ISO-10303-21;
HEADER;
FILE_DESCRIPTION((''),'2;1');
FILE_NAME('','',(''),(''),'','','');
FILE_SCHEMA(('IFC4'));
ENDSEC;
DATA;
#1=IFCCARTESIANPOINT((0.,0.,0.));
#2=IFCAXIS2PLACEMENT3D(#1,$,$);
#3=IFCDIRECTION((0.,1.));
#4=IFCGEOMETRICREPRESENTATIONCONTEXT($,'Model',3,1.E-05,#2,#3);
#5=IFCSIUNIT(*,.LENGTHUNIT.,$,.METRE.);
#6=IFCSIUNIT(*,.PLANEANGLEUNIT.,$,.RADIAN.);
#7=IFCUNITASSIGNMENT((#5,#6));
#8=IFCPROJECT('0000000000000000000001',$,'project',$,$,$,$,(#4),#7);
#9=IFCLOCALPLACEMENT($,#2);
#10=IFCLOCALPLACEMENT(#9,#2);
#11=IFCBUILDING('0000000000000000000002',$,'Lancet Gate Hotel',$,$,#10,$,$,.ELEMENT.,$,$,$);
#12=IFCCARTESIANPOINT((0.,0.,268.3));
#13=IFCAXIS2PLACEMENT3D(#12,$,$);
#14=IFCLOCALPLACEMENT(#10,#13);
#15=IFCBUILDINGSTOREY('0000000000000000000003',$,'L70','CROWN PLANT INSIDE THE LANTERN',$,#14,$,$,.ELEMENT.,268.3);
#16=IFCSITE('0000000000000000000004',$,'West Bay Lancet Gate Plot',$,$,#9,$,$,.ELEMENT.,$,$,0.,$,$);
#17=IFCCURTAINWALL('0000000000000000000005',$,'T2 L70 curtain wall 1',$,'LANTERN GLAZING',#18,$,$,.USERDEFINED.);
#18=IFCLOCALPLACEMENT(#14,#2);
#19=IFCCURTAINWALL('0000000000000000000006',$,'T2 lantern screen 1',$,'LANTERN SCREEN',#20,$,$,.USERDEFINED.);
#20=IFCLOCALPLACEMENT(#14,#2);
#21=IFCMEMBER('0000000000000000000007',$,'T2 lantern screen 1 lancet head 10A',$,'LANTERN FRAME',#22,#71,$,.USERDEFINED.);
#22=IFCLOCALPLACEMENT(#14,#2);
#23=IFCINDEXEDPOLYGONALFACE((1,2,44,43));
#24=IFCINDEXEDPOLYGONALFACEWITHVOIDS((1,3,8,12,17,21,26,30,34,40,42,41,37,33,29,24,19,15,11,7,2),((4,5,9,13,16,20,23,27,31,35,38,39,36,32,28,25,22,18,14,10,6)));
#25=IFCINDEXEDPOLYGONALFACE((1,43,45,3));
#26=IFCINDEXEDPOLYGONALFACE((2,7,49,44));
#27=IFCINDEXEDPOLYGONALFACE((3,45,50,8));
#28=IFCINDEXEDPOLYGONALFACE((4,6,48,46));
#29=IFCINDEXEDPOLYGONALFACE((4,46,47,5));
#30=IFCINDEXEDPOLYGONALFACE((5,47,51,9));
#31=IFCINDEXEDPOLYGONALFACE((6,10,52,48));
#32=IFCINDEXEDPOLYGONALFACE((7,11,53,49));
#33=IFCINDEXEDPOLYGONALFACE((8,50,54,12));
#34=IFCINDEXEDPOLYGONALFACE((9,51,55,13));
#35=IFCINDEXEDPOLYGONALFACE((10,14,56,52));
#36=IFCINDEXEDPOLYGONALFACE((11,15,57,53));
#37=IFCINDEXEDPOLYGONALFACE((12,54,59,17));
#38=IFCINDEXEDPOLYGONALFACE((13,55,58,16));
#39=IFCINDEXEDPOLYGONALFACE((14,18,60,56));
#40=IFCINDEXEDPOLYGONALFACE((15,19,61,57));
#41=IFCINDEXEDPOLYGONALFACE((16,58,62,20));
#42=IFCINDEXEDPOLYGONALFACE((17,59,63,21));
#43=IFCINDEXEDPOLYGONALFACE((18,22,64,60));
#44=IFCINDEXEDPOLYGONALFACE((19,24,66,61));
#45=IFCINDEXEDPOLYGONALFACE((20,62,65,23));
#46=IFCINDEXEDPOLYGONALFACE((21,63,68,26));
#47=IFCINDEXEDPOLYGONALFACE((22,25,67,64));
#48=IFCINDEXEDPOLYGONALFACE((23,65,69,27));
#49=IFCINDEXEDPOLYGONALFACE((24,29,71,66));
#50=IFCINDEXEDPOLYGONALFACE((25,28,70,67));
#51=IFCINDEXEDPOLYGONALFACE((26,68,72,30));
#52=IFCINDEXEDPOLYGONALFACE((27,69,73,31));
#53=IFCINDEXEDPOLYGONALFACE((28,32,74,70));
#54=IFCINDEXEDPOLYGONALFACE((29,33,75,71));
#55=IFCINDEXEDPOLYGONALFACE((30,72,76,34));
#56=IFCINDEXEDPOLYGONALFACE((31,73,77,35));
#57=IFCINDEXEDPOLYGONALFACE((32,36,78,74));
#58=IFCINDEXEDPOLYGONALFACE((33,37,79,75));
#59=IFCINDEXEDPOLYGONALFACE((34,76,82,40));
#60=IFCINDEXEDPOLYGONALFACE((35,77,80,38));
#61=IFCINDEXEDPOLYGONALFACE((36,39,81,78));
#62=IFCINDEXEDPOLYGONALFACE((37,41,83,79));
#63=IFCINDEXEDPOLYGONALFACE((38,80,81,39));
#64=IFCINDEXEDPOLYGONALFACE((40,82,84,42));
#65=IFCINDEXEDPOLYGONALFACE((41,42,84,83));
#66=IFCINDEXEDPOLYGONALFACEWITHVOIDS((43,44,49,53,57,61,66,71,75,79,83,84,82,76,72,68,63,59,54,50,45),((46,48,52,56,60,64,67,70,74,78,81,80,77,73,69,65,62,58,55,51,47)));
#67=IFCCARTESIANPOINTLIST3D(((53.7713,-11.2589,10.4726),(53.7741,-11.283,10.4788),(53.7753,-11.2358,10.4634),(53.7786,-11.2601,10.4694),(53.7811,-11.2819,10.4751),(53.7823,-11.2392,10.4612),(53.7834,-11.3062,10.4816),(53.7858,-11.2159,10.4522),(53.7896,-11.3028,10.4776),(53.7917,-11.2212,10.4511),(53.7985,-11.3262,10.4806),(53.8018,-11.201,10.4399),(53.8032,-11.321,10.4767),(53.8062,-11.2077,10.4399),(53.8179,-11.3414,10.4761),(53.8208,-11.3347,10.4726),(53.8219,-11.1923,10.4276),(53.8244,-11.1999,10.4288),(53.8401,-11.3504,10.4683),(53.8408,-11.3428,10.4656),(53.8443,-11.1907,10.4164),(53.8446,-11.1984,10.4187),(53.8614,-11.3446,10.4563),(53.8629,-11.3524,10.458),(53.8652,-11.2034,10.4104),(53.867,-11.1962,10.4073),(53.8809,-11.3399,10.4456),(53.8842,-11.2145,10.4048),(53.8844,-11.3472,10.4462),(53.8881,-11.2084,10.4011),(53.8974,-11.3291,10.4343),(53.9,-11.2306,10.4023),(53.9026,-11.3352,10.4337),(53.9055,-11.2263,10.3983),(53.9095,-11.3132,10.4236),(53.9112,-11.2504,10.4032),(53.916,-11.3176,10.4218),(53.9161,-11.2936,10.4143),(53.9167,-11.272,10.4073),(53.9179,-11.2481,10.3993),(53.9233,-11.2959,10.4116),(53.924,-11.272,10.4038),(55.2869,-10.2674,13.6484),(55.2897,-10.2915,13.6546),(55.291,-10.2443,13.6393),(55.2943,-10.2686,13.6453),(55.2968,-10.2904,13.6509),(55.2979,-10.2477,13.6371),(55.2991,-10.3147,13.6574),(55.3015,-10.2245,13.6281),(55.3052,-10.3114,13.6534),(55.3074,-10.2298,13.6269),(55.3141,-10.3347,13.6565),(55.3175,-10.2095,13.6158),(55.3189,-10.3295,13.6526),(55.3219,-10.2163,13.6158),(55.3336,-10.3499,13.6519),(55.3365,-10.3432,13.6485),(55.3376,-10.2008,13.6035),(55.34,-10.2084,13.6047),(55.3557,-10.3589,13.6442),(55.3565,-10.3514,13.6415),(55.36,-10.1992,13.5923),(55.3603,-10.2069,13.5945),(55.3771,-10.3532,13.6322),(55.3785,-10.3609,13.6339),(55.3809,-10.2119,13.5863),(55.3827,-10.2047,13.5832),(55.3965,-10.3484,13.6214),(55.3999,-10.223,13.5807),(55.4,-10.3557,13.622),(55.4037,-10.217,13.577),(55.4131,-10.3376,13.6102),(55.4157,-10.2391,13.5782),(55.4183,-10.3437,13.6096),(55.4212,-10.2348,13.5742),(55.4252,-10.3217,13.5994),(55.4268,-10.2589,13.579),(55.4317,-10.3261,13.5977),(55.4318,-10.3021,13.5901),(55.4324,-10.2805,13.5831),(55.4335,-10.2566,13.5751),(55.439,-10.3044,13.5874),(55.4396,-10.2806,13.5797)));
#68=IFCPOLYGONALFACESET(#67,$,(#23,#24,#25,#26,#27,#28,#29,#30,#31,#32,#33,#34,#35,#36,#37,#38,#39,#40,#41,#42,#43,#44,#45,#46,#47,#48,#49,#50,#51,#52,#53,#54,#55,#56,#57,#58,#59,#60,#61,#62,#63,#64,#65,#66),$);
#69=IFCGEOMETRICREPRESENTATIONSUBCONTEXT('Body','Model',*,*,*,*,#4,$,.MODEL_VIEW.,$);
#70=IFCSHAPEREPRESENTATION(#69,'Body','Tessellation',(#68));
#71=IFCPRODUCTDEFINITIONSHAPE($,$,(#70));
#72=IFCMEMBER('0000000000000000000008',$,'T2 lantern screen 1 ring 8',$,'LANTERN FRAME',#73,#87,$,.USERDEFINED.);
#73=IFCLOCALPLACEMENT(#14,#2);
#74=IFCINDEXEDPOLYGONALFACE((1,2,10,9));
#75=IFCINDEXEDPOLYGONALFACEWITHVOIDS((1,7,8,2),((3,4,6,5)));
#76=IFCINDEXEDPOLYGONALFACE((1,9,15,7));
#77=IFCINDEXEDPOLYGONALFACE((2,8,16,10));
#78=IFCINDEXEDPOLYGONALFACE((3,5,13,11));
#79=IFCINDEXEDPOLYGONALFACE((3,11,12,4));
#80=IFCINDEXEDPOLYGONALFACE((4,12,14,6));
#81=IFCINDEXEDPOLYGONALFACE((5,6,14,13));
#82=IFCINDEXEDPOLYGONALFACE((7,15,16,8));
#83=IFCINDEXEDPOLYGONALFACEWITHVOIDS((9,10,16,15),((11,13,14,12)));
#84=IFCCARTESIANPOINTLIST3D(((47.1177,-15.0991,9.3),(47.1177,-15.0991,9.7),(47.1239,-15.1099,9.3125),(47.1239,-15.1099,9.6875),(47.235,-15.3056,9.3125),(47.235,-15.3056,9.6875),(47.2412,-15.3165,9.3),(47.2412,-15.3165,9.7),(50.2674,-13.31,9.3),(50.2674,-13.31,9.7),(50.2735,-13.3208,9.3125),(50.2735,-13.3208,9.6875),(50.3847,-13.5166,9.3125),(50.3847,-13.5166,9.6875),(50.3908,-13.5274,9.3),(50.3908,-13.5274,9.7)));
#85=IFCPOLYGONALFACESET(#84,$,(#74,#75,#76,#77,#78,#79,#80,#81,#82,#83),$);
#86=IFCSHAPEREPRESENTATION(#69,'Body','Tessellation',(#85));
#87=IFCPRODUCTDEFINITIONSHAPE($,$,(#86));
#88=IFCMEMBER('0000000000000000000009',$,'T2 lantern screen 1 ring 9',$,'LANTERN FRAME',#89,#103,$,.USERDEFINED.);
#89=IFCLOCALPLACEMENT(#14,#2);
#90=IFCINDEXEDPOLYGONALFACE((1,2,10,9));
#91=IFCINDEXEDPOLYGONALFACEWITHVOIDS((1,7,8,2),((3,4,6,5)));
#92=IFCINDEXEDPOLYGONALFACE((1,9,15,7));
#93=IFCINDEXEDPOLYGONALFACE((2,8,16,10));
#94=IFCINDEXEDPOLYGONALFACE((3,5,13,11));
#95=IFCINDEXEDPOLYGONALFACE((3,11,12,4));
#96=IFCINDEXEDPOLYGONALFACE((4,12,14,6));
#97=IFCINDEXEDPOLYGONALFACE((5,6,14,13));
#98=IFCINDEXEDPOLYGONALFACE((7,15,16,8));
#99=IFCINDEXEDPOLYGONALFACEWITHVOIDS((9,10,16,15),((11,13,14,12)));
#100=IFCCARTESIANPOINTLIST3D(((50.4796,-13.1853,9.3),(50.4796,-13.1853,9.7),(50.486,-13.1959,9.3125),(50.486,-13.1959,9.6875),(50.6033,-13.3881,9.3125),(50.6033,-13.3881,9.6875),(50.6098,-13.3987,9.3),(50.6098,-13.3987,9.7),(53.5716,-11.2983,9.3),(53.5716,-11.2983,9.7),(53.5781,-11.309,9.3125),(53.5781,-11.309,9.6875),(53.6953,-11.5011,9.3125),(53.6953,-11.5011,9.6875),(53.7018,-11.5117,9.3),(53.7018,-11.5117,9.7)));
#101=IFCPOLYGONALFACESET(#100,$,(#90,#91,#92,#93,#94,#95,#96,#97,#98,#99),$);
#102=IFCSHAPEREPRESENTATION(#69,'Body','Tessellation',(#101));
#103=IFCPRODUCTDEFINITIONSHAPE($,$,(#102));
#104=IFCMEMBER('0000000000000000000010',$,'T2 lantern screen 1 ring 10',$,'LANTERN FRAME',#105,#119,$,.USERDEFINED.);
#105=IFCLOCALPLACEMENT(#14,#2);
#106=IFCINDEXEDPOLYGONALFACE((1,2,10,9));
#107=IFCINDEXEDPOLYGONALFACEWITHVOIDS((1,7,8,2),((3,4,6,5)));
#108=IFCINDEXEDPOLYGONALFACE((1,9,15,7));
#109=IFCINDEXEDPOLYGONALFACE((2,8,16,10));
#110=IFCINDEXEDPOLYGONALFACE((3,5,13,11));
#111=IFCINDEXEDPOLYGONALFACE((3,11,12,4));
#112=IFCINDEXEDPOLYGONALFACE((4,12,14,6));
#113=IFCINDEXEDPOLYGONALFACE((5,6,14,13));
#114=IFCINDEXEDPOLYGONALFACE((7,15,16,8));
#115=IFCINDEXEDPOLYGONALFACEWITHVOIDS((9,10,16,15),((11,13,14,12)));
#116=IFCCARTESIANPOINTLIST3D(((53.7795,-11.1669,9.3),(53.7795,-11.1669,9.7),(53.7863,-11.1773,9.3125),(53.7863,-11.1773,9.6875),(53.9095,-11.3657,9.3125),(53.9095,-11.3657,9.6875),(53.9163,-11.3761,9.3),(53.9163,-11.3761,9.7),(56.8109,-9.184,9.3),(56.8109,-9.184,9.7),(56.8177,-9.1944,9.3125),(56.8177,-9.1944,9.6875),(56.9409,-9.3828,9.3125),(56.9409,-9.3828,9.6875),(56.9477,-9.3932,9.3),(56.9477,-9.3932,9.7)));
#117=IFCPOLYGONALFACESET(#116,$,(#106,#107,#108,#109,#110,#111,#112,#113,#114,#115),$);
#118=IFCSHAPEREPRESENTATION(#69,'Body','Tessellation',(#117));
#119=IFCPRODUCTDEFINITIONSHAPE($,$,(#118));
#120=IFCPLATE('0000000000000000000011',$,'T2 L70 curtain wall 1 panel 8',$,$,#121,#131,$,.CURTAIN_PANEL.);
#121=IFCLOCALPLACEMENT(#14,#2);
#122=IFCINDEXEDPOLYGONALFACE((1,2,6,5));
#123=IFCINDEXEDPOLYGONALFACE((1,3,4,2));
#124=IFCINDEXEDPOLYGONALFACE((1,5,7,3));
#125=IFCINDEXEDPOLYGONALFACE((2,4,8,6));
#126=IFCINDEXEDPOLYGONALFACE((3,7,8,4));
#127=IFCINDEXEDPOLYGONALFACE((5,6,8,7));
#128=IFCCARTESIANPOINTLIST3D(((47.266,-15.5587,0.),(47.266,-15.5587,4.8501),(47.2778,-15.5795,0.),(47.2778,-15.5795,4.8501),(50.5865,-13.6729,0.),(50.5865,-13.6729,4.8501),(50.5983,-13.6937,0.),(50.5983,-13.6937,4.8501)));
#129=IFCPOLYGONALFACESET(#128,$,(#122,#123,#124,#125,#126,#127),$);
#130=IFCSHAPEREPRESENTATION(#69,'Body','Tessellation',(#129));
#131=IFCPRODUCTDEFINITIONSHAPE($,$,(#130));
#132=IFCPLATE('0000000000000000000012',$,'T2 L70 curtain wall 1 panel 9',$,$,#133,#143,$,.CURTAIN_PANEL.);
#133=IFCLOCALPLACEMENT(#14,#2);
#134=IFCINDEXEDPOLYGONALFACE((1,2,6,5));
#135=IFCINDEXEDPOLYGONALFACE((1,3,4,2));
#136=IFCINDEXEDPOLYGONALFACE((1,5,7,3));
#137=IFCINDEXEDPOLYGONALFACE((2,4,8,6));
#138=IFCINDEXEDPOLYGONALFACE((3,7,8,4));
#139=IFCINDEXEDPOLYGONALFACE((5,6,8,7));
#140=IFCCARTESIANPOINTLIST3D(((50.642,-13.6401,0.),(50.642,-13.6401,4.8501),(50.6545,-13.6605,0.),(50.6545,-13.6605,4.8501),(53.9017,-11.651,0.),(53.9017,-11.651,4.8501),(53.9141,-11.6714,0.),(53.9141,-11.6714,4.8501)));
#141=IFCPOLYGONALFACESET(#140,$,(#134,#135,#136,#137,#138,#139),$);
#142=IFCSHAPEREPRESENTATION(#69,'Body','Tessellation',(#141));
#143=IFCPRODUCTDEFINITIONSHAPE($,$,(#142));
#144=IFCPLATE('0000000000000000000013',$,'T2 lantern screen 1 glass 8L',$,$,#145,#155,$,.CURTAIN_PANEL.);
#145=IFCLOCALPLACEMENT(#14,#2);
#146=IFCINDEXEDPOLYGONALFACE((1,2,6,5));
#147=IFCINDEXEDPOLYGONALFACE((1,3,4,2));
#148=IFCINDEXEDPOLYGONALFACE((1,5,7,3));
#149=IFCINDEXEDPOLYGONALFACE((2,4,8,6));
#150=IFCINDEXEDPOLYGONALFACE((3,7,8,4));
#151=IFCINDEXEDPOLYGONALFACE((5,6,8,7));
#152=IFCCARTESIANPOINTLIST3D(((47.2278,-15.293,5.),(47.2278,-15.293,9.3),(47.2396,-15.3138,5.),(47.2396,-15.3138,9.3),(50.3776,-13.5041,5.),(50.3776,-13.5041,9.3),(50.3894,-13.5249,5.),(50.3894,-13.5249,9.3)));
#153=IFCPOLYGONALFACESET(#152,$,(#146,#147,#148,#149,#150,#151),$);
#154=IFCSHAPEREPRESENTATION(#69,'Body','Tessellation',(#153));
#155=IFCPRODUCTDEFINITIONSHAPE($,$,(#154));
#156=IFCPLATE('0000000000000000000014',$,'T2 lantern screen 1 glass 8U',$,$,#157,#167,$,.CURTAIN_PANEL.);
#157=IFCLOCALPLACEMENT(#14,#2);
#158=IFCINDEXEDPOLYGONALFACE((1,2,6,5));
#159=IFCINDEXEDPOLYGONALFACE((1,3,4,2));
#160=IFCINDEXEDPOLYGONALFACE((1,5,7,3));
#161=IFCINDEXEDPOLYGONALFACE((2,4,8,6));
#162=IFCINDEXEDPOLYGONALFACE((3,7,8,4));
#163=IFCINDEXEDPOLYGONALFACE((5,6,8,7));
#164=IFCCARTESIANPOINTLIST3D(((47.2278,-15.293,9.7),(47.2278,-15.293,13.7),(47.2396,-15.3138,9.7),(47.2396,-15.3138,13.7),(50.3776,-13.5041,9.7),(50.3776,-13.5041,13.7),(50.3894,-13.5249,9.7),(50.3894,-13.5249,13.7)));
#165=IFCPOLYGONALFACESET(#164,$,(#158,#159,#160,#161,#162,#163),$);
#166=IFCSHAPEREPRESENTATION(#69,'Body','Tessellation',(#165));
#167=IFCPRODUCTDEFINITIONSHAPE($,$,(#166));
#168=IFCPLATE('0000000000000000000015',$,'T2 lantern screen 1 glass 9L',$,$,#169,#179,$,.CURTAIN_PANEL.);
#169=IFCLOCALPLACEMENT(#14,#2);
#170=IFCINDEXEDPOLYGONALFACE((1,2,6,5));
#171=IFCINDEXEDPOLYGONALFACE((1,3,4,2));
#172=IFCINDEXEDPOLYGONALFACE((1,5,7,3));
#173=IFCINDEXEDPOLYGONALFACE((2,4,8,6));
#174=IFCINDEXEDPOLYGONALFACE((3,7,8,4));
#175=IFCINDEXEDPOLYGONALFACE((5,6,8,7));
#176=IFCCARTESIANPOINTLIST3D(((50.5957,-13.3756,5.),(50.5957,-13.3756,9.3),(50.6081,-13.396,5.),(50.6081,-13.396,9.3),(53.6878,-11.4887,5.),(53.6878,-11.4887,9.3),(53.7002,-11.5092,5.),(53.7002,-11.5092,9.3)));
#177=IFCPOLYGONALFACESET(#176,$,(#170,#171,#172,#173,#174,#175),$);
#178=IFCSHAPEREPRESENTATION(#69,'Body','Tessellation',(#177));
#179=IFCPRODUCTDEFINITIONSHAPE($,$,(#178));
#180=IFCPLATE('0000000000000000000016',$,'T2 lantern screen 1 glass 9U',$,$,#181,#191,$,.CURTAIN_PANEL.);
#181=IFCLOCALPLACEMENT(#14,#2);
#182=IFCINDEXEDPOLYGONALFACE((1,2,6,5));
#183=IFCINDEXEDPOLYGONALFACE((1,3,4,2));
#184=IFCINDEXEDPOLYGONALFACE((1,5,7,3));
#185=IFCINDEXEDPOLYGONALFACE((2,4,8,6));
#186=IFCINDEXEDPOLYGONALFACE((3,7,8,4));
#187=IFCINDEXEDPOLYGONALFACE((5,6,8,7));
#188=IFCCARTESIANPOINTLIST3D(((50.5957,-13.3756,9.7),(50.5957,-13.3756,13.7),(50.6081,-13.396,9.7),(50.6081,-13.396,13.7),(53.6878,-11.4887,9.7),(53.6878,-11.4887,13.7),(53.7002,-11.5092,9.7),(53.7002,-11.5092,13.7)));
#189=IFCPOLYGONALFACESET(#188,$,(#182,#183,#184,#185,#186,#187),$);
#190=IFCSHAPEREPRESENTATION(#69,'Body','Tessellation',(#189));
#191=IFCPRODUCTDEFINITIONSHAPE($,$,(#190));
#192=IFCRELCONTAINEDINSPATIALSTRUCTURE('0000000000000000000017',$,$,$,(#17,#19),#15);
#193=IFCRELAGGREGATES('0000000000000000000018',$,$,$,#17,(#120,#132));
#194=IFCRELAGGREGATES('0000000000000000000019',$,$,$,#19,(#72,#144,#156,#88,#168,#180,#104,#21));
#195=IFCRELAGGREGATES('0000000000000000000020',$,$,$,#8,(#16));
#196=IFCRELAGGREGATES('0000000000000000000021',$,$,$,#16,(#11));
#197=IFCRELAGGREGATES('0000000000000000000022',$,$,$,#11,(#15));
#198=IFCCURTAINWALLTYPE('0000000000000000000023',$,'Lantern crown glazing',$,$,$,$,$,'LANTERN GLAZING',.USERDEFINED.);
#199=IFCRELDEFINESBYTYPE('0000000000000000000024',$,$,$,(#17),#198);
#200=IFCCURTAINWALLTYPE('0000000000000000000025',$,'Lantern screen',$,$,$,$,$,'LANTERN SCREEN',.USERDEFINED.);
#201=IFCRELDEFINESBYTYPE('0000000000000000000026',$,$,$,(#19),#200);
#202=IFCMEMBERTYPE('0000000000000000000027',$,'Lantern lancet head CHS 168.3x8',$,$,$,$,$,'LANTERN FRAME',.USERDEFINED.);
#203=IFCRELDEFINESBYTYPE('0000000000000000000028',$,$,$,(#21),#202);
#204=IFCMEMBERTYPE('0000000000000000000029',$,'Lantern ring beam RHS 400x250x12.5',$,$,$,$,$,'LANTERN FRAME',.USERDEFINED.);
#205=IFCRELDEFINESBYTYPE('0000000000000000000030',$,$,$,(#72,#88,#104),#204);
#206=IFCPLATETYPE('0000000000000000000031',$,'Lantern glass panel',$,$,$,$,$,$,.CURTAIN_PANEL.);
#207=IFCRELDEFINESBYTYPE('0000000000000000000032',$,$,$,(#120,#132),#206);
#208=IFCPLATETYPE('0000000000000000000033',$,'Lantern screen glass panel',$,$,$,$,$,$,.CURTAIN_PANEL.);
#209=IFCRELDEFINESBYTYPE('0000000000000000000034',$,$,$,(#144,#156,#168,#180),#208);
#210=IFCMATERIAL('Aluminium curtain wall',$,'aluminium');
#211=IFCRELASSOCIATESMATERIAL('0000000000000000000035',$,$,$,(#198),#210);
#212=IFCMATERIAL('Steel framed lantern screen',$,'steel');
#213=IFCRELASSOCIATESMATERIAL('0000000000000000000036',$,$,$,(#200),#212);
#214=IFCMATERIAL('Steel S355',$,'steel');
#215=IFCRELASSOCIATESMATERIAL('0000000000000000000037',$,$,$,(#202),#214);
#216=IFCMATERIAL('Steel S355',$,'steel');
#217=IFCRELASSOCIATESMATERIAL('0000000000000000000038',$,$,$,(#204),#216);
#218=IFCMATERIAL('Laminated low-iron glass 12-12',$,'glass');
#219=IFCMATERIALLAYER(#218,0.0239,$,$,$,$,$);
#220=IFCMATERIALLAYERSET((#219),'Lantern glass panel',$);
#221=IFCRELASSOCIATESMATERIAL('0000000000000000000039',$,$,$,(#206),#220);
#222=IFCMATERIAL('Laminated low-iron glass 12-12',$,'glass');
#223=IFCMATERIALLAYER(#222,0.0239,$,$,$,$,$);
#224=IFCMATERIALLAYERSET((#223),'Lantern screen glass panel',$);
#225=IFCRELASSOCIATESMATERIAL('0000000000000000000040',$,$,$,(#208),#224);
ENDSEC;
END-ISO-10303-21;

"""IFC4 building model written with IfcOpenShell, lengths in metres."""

from ifc_helpers import new_model, si_unit, direction, frame, origin, origin_2d, place, context, subcontext, project, spatial, rectangle, hollow_rectangle, hollow_circle, extrude, material, layer, layer_set, material_profile, profile_set, type_object, element, aggregate, save


model = new_model("IFC4")

# Units and contexts
model_context = context("Model", 3, precision=1e-05, world=origin(), true_north=direction((0.0, 1.0)))
body_context = subcontext(model_context, "Body", "Model", "MODEL_VIEW")
ifc_project = project(units=[si_unit("LENGTHUNIT", "METRE"), si_unit("PLANEANGLEUNIT", "RADIAN")], contexts=[model_context])

# Site, building, storey
site_placement = place(None, origin())
site = spatial("IfcSite", under=ifc_project, at=site_placement, Name="West Bay Lancet Gate Plot", CompositionType="ELEMENT", RefElevation=0.0)
building_placement = place(site_placement, origin())
building = spatial("IfcBuilding", under=site, at=building_placement, Name="Lancet Gate Hotel", CompositionType="ELEMENT")
storey_placement = place(building_placement, frame((0.0, 0.0, 268.3)))
storey = spatial("IfcBuildingStorey", under=building, at=storey_placement, Name="L70", Description="CROWN PLANT INSIDE THE LANTERN", CompositionType="ELEMENT", Elevation=268.3)

# Curtain wall
ifc_material_1 = material(Name="Aluminium curtain wall", Category="aluminium")
curtain_wall_type_1 = type_object("IfcCurtainWallType", Name="Lantern crown glazing", ElementType="LANTERN GLAZING", PredefinedType="USERDEFINED", material=ifc_material_1)
curtain_wall_1_placement = place(storey_placement, origin())
curtain_wall_1 = element("IfcCurtainWall", 1, at=curtain_wall_1_placement, inside=storey, type_object=curtain_wall_type_1, Name="T2 L70 curtain wall 1", ObjectType="LANTERN GLAZING", PredefinedType="USERDEFINED")

# Curtain wall, members
ifc_material_2 = material(Name="Steel framed lantern screen", Category="steel")
curtain_wall_type_2 = type_object("IfcCurtainWallType", Name="Lantern screen", ElementType="LANTERN SCREEN", PredefinedType="USERDEFINED", material=ifc_material_2)
curtain_wall_2_placement = place(storey_placement, origin())
curtain_wall_2 = element("IfcCurtainWall", 2, at=curtain_wall_2_placement, inside=storey, type_object=curtain_wall_type_2, Name="T2 lantern screen 1", ObjectType="LANTERN SCREEN", PredefinedType="USERDEFINED")
ifc_material_3 = material(Name="Steel S355", Category="steel")
ifc_material_profile_1 = material_profile(ifc_material_3, hollow_circle(Radius=0.0842, WallThickness=0.0081, at=origin_2d()), Name="CHS 168.3x8.0")
ifc_profile_set_1 = profile_set([ifc_material_profile_1], Name="Steel S355")
member_type_1 = type_object("IfcMemberType", Name="Lantern lancet head CHS 168.3x8", ElementType="LANTERN FRAME", PredefinedType="USERDEFINED", material=ifc_profile_set_1)
member_1_placement = place(storey_placement, frame((53.8479, -11.2715, 10.4399), z_axis=(0.414568, 0.271192, 0.86867), x_axis=(-0.547431, 0.836851, 0.0)))
member_1 = element("IfcMember", 3, at=member_1_placement, type_object=member_type_1, Name="T2 lantern screen 1 lancet head 10A", ObjectType="LANTERN FRAME", PredefinedType="USERDEFINED", context=body_context, shape_type="SweptSolid", body=[
    extrude(hollow_circle(Radius=0.0842, WallThickness=0.0081, at=origin_2d()), origin(), (0.0, 0.0, 1.0), 3.656),
])
ifc_material_4 = material(Name="Steel S355", Category="steel")
ifc_material_profile_2 = material_profile(ifc_material_4, hollow_rectangle(XDim=0.25, YDim=0.3999, WallThickness=0.0125, at=origin_2d()), Name="RHS 400x250x12.5")
ifc_profile_set_2 = profile_set([ifc_material_profile_2], Name="Steel S355")
member_type_2 = type_object("IfcMemberType", Name="Lantern ring beam RHS 400x250x12.5", ElementType="LANTERN FRAME", PredefinedType="USERDEFINED", material=ifc_profile_set_2)
member_2_placement = place(storey_placement, frame((47.1794, -15.2078, 9.5), z_axis=(0.869518, 0.493902, 0.0), x_axis=(-0.493902, 0.869518, 0.0)))
member_2 = element("IfcMember", 4, at=member_2_placement, type_object=member_type_2, Name="T2 lantern screen 1 ring 8", ObjectType="LANTERN FRAME", PredefinedType="USERDEFINED", context=body_context, shape_type="SweptSolid", body=[
    extrude(hollow_rectangle(XDim=0.25, YDim=0.3999, WallThickness=0.0125, at=origin_2d()), origin(), (0.0, 0.0, 1.0), 3.6223),
])
member_3_placement = place(storey_placement, frame((50.5447, -13.292, 9.5), z_axis=(0.853603, 0.520924, 0.0), x_axis=(-0.520924, 0.853603, 0.0)))
member_3 = element("IfcMember", 5, at=member_3_placement, type_object=member_type_2, Name="T2 lantern screen 1 ring 9", ObjectType="LANTERN FRAME", PredefinedType="USERDEFINED", context=body_context, shape_type="SweptSolid", body=[
    extrude(hollow_rectangle(XDim=0.25, YDim=0.3999, WallThickness=0.0125, at=origin_2d()), origin(), (0.0, 0.0, 1.0), 3.6223),
])
member_4_placement = place(storey_placement, frame((53.8479, -11.2715, 9.5), z_axis=(0.836871, 0.5474, 0.0), x_axis=(-0.5474, 0.836871, 0.0)))
member_4 = element("IfcMember", 6, at=member_4_placement, type_object=member_type_2, Name="T2 lantern screen 1 ring 10", ObjectType="LANTERN FRAME", PredefinedType="USERDEFINED", context=body_context, shape_type="SweptSolid", body=[
    extrude(hollow_rectangle(XDim=0.25, YDim=0.3999, WallThickness=0.0125, at=origin_2d()), origin(), (0.0, 0.0, 1.0), 3.6223),
])

# Plates
ifc_material_5 = material(Name="Laminated low-iron glass 12-12", Category="glass")
ifc_layer_1 = layer(ifc_material_5, 0.0239)
ifc_layer_set_1 = layer_set([ifc_layer_1], Name="Lantern glass panel")
plate_type_1 = type_object("IfcPlateType", Name="Lantern glass panel", PredefinedType="CURTAIN_PANEL", material=ifc_layer_set_1)
plate_1_placement = place(storey_placement, frame((48.9321, -14.6262, 0.0), z_axis=(0.0, 0.0, 1.0), x_axis=(0.86955, 0.493844, 0.0)))
plate_1 = element("IfcPlate", 7, at=plate_1_placement, type_object=plate_type_1, Name="T2 L70 curtain wall 1 panel 8", PredefinedType="CURTAIN_PANEL", context=body_context, shape_type="SweptSolid", body=[
    extrude(rectangle(XDim=3.8186, YDim=0.0239, at=origin_2d()), origin(), (0.0, 0.0, 1.0), 4.8501),
])
plate_2_placement = place(storey_placement, frame((52.2781, -12.6558, 0.0), z_axis=(0.0, 0.0, 1.0), x_axis=(0.853621, 0.520895, 0.0)))
plate_2 = element("IfcPlate", 8, at=plate_2_placement, type_object=plate_type_1, Name="T2 L70 curtain wall 1 panel 9", PredefinedType="CURTAIN_PANEL", context=body_context, shape_type="SweptSolid", body=[
    extrude(rectangle(XDim=3.8186, YDim=0.0239, at=origin_2d()), origin(), (0.0, 0.0, 1.0), 4.8501),
])
aggregate(curtain_wall_1, [plate_1, plate_2])
ifc_material_6 = material(Name="Laminated low-iron glass 12-12", Category="glass")
ifc_layer_2 = layer(ifc_material_6, 0.0239)
ifc_layer_set_2 = layer_set([ifc_layer_2], Name="Lantern screen glass panel")
plate_type_2 = type_object("IfcPlateType", Name="Lantern screen glass panel", PredefinedType="CURTAIN_PANEL", material=ifc_layer_set_2)
plate_3_placement = place(storey_placement, frame((48.8086, -14.4089, 5.0), z_axis=(0.0, 0.0, 1.0), x_axis=(0.86955, 0.493844, 0.0)))
plate_3 = element("IfcPlate", 9, at=plate_3_placement, type_object=plate_type_2, Name="T2 lantern screen 1 glass 8L", PredefinedType="CURTAIN_PANEL", context=body_context, shape_type="SweptSolid", body=[
    extrude(rectangle(XDim=3.6223, YDim=0.0239, at=origin_2d()), origin(), (0.0, 0.0, 1.0), 4.3),
])
plate_4_placement = place(storey_placement, frame((48.8086, -14.4089, 9.7), z_axis=(0.0, 0.0, 1.0), x_axis=(0.86955, 0.493844, 0.0)))
plate_4 = element("IfcPlate", 10, at=plate_4_placement, type_object=plate_type_2, Name="T2 lantern screen 1 glass 8U", PredefinedType="CURTAIN_PANEL", context=body_context, shape_type="SweptSolid", body=[
    extrude(rectangle(XDim=3.6223, YDim=0.0239, at=origin_2d()), origin(), (0.0, 0.0, 1.0), 4.0),
])
plate_5_placement = place(storey_placement, frame((52.1479, -12.4424, 5.0), z_axis=(0.0, 0.0, 1.0), x_axis=(0.853621, 0.520895, 0.0)))
plate_5 = element("IfcPlate", 11, at=plate_5_placement, type_object=plate_type_2, Name="T2 lantern screen 1 glass 9L", PredefinedType="CURTAIN_PANEL", context=body_context, shape_type="SweptSolid", body=[
    extrude(rectangle(XDim=3.6223, YDim=0.0239, at=origin_2d()), origin(), (0.0, 0.0, 1.0), 4.3),
])
plate_6_placement = place(storey_placement, frame((52.1479, -12.4424, 9.7), z_axis=(0.0, 0.0, 1.0), x_axis=(0.853621, 0.520895, 0.0)))
plate_6 = element("IfcPlate", 12, at=plate_6_placement, type_object=plate_type_2, Name="T2 lantern screen 1 glass 9U", PredefinedType="CURTAIN_PANEL", context=body_context, shape_type="SweptSolid", body=[
    extrude(rectangle(XDim=3.6223, YDim=0.0239, at=origin_2d()), origin(), (0.0, 0.0, 1.0), 4.0),
])
aggregate(curtain_wall_2, [member_2, plate_3, plate_4, member_3, plate_5, plate_6, member_4, member_1])

save(model, "model.ifc")
